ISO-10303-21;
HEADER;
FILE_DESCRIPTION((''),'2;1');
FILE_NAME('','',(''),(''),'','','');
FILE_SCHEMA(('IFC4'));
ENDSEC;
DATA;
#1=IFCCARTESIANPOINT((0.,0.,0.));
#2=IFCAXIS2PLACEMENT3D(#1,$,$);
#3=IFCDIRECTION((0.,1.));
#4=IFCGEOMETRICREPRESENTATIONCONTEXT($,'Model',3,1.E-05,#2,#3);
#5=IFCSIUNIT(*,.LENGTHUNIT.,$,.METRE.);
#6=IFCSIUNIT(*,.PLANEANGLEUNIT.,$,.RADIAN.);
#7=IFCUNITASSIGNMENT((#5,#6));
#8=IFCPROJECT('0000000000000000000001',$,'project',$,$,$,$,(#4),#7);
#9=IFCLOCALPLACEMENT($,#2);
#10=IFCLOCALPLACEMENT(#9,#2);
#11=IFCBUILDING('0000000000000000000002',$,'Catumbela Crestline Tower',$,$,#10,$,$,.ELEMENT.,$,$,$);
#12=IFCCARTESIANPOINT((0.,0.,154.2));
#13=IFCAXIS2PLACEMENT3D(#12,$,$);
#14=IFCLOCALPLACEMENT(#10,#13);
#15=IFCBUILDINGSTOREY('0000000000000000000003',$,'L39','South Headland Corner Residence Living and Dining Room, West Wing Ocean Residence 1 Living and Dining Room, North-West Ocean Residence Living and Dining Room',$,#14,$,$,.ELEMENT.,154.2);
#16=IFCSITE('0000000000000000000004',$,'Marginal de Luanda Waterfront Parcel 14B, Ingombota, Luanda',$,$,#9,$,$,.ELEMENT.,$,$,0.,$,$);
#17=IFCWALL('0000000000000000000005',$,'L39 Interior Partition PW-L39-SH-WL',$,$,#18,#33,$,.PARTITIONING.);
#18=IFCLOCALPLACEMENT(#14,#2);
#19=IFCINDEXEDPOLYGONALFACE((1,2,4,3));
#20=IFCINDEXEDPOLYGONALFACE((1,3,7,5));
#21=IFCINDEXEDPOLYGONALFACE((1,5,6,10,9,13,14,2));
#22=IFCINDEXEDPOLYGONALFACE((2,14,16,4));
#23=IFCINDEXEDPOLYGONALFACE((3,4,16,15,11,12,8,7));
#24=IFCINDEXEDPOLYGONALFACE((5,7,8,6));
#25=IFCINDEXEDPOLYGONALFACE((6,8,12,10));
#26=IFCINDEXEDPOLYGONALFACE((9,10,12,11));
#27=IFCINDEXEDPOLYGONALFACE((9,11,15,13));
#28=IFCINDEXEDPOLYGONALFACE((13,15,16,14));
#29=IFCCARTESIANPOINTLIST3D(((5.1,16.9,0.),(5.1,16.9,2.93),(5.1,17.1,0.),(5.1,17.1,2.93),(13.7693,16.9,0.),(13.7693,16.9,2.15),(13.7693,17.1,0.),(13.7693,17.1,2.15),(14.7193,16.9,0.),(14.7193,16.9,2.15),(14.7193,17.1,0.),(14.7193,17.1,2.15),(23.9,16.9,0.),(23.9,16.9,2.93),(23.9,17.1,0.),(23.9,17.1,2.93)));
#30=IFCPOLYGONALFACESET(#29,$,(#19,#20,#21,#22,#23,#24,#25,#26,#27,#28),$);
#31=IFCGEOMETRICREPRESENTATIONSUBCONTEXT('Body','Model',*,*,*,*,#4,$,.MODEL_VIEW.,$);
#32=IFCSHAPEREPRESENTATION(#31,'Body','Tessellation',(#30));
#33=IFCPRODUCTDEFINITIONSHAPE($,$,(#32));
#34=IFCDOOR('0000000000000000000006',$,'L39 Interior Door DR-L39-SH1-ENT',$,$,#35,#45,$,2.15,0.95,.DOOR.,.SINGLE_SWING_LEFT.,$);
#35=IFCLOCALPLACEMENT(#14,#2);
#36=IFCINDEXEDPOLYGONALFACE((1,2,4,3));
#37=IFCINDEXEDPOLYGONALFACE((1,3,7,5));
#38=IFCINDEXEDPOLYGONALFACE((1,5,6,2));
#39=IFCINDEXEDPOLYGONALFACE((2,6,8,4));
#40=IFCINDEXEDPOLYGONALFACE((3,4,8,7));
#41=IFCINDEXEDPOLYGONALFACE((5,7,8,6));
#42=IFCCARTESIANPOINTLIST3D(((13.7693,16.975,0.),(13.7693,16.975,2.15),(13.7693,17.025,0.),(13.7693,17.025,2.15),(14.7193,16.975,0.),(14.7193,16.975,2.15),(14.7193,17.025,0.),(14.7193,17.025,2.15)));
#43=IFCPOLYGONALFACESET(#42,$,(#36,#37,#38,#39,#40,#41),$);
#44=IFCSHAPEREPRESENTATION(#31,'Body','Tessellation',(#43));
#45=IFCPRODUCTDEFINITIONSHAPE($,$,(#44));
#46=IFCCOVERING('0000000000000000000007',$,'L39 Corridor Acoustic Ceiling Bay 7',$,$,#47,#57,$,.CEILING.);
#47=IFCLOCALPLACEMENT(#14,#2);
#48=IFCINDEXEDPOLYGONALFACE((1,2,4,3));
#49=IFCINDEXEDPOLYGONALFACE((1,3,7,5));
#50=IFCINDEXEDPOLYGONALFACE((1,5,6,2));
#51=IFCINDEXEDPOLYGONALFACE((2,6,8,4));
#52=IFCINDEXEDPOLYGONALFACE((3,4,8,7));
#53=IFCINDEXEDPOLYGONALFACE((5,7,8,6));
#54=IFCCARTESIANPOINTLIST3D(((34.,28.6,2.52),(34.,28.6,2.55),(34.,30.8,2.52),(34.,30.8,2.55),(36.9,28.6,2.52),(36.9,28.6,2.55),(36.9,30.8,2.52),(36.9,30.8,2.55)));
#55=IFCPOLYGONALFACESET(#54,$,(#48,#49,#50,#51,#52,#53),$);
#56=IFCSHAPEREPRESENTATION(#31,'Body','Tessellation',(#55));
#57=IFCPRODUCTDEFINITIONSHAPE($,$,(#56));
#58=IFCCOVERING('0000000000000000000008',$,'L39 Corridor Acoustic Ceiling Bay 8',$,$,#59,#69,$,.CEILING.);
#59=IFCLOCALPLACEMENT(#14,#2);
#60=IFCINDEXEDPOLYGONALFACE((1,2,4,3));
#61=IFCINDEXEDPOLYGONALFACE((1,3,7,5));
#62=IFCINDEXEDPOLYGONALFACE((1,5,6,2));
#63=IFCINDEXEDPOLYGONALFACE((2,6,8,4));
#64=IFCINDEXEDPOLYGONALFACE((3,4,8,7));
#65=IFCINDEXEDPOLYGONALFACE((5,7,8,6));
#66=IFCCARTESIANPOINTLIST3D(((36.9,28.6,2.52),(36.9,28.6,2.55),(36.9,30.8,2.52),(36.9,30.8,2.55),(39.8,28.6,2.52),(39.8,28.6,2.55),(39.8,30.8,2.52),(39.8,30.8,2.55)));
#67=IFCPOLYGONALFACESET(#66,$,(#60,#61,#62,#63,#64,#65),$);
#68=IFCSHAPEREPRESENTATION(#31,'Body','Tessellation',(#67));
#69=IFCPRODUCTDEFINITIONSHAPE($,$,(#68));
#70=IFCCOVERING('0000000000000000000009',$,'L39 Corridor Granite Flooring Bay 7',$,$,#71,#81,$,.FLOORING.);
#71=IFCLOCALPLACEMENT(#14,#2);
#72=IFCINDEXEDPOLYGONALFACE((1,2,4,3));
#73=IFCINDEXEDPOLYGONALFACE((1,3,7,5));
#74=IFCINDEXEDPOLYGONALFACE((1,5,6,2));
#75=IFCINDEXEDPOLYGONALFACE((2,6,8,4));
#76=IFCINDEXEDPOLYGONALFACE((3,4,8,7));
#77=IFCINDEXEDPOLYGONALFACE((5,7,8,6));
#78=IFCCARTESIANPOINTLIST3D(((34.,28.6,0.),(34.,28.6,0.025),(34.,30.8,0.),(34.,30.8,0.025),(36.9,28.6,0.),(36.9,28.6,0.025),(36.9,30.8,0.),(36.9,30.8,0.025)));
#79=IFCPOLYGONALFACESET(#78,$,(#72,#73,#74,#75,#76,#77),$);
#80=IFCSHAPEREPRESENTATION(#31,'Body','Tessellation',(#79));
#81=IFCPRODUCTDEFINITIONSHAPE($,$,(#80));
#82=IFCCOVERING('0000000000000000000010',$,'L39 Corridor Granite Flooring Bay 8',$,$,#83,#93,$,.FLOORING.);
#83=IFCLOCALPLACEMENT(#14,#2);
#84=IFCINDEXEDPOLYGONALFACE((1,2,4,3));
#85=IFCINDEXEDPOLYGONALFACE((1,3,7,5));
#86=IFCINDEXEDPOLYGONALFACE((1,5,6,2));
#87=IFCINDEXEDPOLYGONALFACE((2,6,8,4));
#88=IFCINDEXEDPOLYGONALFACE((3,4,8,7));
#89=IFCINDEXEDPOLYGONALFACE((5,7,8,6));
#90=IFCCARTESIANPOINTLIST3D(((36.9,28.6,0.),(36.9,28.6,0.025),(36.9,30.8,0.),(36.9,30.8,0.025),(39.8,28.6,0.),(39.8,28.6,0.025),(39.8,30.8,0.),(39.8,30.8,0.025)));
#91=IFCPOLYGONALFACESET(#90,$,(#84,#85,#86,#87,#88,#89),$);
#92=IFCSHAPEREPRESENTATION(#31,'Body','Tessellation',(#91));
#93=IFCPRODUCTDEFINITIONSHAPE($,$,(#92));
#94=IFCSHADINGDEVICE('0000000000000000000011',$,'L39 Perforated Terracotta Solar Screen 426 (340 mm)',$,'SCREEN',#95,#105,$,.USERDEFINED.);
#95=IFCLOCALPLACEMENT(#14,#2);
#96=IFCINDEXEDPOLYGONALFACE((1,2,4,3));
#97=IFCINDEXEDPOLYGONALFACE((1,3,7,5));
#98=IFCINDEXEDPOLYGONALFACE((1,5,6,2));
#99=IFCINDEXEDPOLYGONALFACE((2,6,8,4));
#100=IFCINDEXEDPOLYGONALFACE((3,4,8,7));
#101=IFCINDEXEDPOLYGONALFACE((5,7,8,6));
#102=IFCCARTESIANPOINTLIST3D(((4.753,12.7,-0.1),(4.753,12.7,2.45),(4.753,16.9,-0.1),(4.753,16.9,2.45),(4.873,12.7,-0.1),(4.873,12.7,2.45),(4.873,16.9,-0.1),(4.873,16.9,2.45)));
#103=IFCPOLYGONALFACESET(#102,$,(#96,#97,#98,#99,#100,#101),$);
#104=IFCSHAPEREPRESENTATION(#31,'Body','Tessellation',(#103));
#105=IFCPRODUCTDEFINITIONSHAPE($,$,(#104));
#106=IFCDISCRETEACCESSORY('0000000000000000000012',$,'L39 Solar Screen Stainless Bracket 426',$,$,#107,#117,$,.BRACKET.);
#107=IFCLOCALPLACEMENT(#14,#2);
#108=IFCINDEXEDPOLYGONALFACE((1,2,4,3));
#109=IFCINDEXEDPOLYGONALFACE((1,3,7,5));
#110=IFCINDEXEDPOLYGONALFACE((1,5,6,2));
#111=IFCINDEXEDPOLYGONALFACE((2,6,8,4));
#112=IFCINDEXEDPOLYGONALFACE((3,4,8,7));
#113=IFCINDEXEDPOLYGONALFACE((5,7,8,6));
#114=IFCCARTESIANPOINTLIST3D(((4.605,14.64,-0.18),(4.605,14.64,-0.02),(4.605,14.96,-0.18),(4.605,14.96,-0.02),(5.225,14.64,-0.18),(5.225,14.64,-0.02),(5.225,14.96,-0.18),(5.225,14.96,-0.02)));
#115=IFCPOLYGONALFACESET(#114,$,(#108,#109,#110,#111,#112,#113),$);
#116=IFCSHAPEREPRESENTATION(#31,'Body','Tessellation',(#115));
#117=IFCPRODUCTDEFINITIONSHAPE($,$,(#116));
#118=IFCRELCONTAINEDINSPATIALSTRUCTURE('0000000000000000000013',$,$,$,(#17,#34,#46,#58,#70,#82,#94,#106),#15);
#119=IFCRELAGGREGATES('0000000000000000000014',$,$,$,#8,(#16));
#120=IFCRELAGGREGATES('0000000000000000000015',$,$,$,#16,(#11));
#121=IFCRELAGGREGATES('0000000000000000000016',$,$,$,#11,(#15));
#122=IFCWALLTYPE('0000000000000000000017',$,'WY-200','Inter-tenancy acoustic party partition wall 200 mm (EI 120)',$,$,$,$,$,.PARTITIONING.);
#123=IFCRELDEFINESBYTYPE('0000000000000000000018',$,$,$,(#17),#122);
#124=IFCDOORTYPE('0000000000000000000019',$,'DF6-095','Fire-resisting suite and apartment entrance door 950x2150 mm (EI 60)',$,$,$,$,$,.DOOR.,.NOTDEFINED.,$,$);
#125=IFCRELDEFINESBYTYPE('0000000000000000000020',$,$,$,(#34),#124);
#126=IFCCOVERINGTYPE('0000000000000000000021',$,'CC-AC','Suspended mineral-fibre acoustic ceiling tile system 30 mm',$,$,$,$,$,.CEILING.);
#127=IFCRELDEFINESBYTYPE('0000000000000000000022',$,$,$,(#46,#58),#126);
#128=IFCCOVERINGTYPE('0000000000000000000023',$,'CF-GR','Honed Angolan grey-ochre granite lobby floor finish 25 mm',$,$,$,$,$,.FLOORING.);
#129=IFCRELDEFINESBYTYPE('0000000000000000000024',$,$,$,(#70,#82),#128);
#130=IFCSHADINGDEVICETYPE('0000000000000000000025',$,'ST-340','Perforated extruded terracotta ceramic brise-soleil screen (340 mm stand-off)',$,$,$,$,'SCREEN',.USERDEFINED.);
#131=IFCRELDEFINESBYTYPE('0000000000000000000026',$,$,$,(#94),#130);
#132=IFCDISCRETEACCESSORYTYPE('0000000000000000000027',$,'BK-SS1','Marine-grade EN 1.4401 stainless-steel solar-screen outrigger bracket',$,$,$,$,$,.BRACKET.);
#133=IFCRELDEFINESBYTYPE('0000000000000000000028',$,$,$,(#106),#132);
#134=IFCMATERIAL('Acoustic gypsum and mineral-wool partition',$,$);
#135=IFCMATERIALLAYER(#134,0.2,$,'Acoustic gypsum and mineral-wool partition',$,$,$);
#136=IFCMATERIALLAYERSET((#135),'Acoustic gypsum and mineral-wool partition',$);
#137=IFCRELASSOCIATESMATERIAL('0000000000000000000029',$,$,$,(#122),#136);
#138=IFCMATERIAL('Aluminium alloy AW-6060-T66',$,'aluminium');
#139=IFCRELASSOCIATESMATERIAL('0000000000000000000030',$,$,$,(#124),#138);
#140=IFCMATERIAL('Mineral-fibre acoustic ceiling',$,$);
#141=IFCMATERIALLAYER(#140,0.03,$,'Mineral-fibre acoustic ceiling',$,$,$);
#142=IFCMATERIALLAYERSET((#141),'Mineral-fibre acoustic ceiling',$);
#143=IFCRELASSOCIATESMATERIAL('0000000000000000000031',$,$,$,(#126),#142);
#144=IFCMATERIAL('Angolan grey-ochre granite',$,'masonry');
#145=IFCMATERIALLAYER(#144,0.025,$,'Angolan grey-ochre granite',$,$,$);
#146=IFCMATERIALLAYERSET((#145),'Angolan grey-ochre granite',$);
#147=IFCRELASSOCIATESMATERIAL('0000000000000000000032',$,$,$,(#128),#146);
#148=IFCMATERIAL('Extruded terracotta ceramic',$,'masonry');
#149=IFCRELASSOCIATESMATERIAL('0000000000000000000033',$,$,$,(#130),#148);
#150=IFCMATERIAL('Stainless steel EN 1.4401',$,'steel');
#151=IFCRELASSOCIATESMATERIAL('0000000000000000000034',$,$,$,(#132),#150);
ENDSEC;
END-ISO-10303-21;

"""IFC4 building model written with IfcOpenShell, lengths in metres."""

from ifc_helpers import new_model, si_unit, direction, frame, frame_2d, origin, origin_2d, place, context, subcontext, project, spatial, polyline, rectangle, outline, extrude, material, layer, layer_set, type_object, element, fill, save


model = new_model("IFC4")

# Units and contexts
model_context = context("Model", 3, precision=1e-05, world=origin(), true_north=direction((0.0, 1.0)))
body_context = subcontext(model_context, "Body", "Model", "MODEL_VIEW")
ifc_project = project(units=[si_unit("LENGTHUNIT", "METRE"), si_unit("PLANEANGLEUNIT", "RADIAN")], contexts=[model_context])

# Site, building, storey
site_placement = place(None, origin())
site = spatial("IfcSite", under=ifc_project, at=site_placement, Name="Marginal de Luanda Waterfront Parcel 14B, Ingombota, Luanda", CompositionType="ELEMENT", RefElevation=0.0)
building_placement = place(site_placement, origin())
building = spatial("IfcBuilding", under=site, at=building_placement, Name="Catumbela Crestline Tower", CompositionType="ELEMENT")
storey_placement = place(building_placement, frame((0.0, 0.0, 154.2)))
storey = spatial("IfcBuildingStorey", under=building, at=storey_placement, Name="L39", Description="South Headland Corner Residence Living and Dining Room, West Wing Ocean Residence 1 Living and Dining Room, North-West Ocean Residence Living and Dining Room", CompositionType="ELEMENT", Elevation=154.2)

# Shared definitions
ifc_material_1 = material(Name="Aluminium alloy AW-6060-T66", Category="aluminium")

# Shared definitions
ifc_material_2 = material(Name="Angolan grey-ochre granite", Category="masonry")

# Shared definitions
ifc_material_3 = material(Name="Acoustic gypsum and mineral-wool partition")

# Wall, opening, door
ifc_layer_1 = layer(ifc_material_3, 0.2, Name="Acoustic gypsum and mineral-wool partition")
ifc_layer_set_1 = layer_set([ifc_layer_1], Name="Acoustic gypsum and mineral-wool partition")
wall_type_1 = type_object("IfcWallType", Name="WY-200", Description="Inter-tenancy acoustic party partition wall 200 mm (EI 120)", PredefinedType="PARTITIONING", material=ifc_layer_set_1)
wall_1_placement = place(storey_placement, frame((5.1, 17.0, 0.0), z_axis=(0.0, 0.0, 1.0), x_axis=(1.0, 0.0, 0.0)))
wall_1 = element("IfcWall", 1, at=wall_1_placement, inside=storey, type_object=wall_type_1, Name="L39 Interior Partition PW-L39-SH-WL", PredefinedType="PARTITIONING", context=body_context, shape_type="SweptSolid", body=[
    extrude(rectangle(XDim=18.8, YDim=0.2, at=frame_2d((9.4, 0.0))), origin(), (0.0, 0.0, 1.0), 2.93),
])
opening_1_placement = place(wall_1_placement, frame((8.6693, 0.0, 0.0)))
opening_1 = element("IfcOpeningElement", 2, at=opening_1_placement, cuts=wall_1, PredefinedType="OPENING", context=body_context, shape_type="SweptSolid", body=[
    extrude(rectangle(XDim=0.95, YDim=2.15, at=frame_2d((0.475, 1.075))), frame((0.0, 0.11, 0.0), z_axis=(0.0, -1.0, 0.0), x_axis=(1.0, 0.0, 0.0)), (0.0, 0.0, 1.0), 0.22),
])
door_type_1 = type_object("IfcDoorType", Name="DF6-095", Description="Fire-resisting suite and apartment entrance door 950x2150 mm (EI 60)", OperationType="NOTDEFINED", PredefinedType="DOOR", material=ifc_material_1)
door_1_placement = place(opening_1_placement, origin())
door_1 = element("IfcDoor", 3, at=door_1_placement, inside=storey, type_object=door_type_1, Name="L39 Interior Door DR-L39-SH1-ENT", OperationType="SINGLE_SWING_LEFT", OverallHeight=2.15, OverallWidth=0.95, PredefinedType="DOOR", context=body_context, shape_type="SweptSolid", body=[
    extrude(rectangle(XDim=0.95, YDim=2.15, at=frame_2d((0.475, 1.075))), frame((0.0, 0.025, 0.0), z_axis=(0.0, -1.0, 0.0), x_axis=(1.0, 0.0, 0.0)), (0.0, 0.0, 1.0), 0.05),
])
fill(opening_1, door_1)

# Coverings
ifc_material_4 = material(Name="Mineral-fibre acoustic ceiling")
ifc_layer_2 = layer(ifc_material_4, 0.03, Name="Mineral-fibre acoustic ceiling")
ifc_layer_set_2 = layer_set([ifc_layer_2], Name="Mineral-fibre acoustic ceiling")
covering_type_1 = type_object("IfcCoveringType", Name="CC-AC", Description="Suspended mineral-fibre acoustic ceiling tile system 30 mm", PredefinedType="CEILING", material=ifc_layer_set_2)
covering_1_placement = place(storey_placement, frame((0.0, 0.0, 2.52)))
element("IfcCovering", 4, at=covering_1_placement, inside=storey, type_object=covering_type_1, Name="L39 Corridor Acoustic Ceiling Bay 7", PredefinedType="CEILING", context=body_context, shape_type="SweptSolid", body=[
    extrude(outline(polyline([(34.0, 28.6), (36.9, 28.6), (36.9, 30.8), (34.0, 30.8), (34.0, 28.6)])), origin(), (0.0, 0.0, 1.0), 0.03),
])
covering_2_placement = place(storey_placement, frame((0.0, 0.0, 2.52)))
element("IfcCovering", 5, at=covering_2_placement, inside=storey, type_object=covering_type_1, Name="L39 Corridor Acoustic Ceiling Bay 8", PredefinedType="CEILING", context=body_context, shape_type="SweptSolid", body=[
    extrude(outline(polyline([(36.9, 28.6), (39.8, 28.6), (39.8, 30.8), (36.9, 30.8), (36.9, 28.6)])), origin(), (0.0, 0.0, 1.0), 0.03),
])
ifc_layer_3 = layer(ifc_material_2, 0.025, Name="Angolan grey-ochre granite")
ifc_layer_set_3 = layer_set([ifc_layer_3], Name="Angolan grey-ochre granite")
covering_type_2 = type_object("IfcCoveringType", Name="CF-GR", Description="Honed Angolan grey-ochre granite lobby floor finish 25 mm", PredefinedType="FLOORING", material=ifc_layer_set_3)
covering_3_placement = place(storey_placement, origin())
element("IfcCovering", 6, at=covering_3_placement, inside=storey, type_object=covering_type_2, Name="L39 Corridor Granite Flooring Bay 7", PredefinedType="FLOORING", context=body_context, shape_type="SweptSolid", body=[
    extrude(outline(polyline([(34.0, 28.6), (36.9, 28.6), (36.9, 30.8), (34.0, 30.8), (34.0, 28.6)])), origin(), (0.0, 0.0, 1.0), 0.025),
])
covering_4_placement = place(storey_placement, origin())
element("IfcCovering", 7, at=covering_4_placement, inside=storey, type_object=covering_type_2, Name="L39 Corridor Granite Flooring Bay 8", PredefinedType="FLOORING", context=body_context, shape_type="SweptSolid", body=[
    extrude(outline(polyline([(36.9, 28.6), (39.8, 28.6), (39.8, 30.8), (36.9, 30.8), (36.9, 28.6)])), origin(), (0.0, 0.0, 1.0), 0.025),
])

# Shading device
ifc_material_5 = material(Name="Extruded terracotta ceramic", Category="masonry")
shading_device_type = type_object("IfcShadingDeviceType", Name="ST-340", Description="Perforated extruded terracotta ceramic brise-soleil screen (340 mm stand-off)", ElementType="SCREEN", PredefinedType="USERDEFINED", material=ifc_material_5)
shading_device_placement = place(storey_placement, frame((4.813, 14.8, -0.1), z_axis=(0.0, 0.0, 1.0), x_axis=(0.0, -1.0, 0.0)))
element("IfcShadingDevice", 8, at=shading_device_placement, inside=storey, type_object=shading_device_type, Name="L39 Perforated Terracotta Solar Screen 426 (340 mm)", ObjectType="SCREEN", PredefinedType="USERDEFINED", context=body_context, shape_type="SweptSolid", body=[
    extrude(rectangle(XDim=4.2, YDim=0.12, at=origin_2d()), origin(), (0.0, 0.0, 1.0), 2.55),
])

# Discrete accessory
ifc_material_6 = material(Name="Stainless steel EN 1.4401", Category="steel")
discrete_accessory_type = type_object("IfcDiscreteAccessoryType", Name="BK-SS1", Description="Marine-grade EN 1.4401 stainless-steel solar-screen outrigger bracket", PredefinedType="BRACKET", material=ifc_material_6)
discrete_accessory_placement = place(storey_placement, frame((4.915, 14.8, -0.18), z_axis=(0.0, 0.0, 1.0), x_axis=(0.0, -1.0, 0.0)))
element("IfcDiscreteAccessory", 9, at=discrete_accessory_placement, inside=storey, type_object=discrete_accessory_type, Name="L39 Solar Screen Stainless Bracket 426", PredefinedType="BRACKET", context=body_context, shape_type="SweptSolid", body=[
    extrude(rectangle(XDim=0.32, YDim=0.62, at=origin_2d()), origin(), (0.0, 0.0, 1.0), 0.16),
])

save(model, "model.ifc")
